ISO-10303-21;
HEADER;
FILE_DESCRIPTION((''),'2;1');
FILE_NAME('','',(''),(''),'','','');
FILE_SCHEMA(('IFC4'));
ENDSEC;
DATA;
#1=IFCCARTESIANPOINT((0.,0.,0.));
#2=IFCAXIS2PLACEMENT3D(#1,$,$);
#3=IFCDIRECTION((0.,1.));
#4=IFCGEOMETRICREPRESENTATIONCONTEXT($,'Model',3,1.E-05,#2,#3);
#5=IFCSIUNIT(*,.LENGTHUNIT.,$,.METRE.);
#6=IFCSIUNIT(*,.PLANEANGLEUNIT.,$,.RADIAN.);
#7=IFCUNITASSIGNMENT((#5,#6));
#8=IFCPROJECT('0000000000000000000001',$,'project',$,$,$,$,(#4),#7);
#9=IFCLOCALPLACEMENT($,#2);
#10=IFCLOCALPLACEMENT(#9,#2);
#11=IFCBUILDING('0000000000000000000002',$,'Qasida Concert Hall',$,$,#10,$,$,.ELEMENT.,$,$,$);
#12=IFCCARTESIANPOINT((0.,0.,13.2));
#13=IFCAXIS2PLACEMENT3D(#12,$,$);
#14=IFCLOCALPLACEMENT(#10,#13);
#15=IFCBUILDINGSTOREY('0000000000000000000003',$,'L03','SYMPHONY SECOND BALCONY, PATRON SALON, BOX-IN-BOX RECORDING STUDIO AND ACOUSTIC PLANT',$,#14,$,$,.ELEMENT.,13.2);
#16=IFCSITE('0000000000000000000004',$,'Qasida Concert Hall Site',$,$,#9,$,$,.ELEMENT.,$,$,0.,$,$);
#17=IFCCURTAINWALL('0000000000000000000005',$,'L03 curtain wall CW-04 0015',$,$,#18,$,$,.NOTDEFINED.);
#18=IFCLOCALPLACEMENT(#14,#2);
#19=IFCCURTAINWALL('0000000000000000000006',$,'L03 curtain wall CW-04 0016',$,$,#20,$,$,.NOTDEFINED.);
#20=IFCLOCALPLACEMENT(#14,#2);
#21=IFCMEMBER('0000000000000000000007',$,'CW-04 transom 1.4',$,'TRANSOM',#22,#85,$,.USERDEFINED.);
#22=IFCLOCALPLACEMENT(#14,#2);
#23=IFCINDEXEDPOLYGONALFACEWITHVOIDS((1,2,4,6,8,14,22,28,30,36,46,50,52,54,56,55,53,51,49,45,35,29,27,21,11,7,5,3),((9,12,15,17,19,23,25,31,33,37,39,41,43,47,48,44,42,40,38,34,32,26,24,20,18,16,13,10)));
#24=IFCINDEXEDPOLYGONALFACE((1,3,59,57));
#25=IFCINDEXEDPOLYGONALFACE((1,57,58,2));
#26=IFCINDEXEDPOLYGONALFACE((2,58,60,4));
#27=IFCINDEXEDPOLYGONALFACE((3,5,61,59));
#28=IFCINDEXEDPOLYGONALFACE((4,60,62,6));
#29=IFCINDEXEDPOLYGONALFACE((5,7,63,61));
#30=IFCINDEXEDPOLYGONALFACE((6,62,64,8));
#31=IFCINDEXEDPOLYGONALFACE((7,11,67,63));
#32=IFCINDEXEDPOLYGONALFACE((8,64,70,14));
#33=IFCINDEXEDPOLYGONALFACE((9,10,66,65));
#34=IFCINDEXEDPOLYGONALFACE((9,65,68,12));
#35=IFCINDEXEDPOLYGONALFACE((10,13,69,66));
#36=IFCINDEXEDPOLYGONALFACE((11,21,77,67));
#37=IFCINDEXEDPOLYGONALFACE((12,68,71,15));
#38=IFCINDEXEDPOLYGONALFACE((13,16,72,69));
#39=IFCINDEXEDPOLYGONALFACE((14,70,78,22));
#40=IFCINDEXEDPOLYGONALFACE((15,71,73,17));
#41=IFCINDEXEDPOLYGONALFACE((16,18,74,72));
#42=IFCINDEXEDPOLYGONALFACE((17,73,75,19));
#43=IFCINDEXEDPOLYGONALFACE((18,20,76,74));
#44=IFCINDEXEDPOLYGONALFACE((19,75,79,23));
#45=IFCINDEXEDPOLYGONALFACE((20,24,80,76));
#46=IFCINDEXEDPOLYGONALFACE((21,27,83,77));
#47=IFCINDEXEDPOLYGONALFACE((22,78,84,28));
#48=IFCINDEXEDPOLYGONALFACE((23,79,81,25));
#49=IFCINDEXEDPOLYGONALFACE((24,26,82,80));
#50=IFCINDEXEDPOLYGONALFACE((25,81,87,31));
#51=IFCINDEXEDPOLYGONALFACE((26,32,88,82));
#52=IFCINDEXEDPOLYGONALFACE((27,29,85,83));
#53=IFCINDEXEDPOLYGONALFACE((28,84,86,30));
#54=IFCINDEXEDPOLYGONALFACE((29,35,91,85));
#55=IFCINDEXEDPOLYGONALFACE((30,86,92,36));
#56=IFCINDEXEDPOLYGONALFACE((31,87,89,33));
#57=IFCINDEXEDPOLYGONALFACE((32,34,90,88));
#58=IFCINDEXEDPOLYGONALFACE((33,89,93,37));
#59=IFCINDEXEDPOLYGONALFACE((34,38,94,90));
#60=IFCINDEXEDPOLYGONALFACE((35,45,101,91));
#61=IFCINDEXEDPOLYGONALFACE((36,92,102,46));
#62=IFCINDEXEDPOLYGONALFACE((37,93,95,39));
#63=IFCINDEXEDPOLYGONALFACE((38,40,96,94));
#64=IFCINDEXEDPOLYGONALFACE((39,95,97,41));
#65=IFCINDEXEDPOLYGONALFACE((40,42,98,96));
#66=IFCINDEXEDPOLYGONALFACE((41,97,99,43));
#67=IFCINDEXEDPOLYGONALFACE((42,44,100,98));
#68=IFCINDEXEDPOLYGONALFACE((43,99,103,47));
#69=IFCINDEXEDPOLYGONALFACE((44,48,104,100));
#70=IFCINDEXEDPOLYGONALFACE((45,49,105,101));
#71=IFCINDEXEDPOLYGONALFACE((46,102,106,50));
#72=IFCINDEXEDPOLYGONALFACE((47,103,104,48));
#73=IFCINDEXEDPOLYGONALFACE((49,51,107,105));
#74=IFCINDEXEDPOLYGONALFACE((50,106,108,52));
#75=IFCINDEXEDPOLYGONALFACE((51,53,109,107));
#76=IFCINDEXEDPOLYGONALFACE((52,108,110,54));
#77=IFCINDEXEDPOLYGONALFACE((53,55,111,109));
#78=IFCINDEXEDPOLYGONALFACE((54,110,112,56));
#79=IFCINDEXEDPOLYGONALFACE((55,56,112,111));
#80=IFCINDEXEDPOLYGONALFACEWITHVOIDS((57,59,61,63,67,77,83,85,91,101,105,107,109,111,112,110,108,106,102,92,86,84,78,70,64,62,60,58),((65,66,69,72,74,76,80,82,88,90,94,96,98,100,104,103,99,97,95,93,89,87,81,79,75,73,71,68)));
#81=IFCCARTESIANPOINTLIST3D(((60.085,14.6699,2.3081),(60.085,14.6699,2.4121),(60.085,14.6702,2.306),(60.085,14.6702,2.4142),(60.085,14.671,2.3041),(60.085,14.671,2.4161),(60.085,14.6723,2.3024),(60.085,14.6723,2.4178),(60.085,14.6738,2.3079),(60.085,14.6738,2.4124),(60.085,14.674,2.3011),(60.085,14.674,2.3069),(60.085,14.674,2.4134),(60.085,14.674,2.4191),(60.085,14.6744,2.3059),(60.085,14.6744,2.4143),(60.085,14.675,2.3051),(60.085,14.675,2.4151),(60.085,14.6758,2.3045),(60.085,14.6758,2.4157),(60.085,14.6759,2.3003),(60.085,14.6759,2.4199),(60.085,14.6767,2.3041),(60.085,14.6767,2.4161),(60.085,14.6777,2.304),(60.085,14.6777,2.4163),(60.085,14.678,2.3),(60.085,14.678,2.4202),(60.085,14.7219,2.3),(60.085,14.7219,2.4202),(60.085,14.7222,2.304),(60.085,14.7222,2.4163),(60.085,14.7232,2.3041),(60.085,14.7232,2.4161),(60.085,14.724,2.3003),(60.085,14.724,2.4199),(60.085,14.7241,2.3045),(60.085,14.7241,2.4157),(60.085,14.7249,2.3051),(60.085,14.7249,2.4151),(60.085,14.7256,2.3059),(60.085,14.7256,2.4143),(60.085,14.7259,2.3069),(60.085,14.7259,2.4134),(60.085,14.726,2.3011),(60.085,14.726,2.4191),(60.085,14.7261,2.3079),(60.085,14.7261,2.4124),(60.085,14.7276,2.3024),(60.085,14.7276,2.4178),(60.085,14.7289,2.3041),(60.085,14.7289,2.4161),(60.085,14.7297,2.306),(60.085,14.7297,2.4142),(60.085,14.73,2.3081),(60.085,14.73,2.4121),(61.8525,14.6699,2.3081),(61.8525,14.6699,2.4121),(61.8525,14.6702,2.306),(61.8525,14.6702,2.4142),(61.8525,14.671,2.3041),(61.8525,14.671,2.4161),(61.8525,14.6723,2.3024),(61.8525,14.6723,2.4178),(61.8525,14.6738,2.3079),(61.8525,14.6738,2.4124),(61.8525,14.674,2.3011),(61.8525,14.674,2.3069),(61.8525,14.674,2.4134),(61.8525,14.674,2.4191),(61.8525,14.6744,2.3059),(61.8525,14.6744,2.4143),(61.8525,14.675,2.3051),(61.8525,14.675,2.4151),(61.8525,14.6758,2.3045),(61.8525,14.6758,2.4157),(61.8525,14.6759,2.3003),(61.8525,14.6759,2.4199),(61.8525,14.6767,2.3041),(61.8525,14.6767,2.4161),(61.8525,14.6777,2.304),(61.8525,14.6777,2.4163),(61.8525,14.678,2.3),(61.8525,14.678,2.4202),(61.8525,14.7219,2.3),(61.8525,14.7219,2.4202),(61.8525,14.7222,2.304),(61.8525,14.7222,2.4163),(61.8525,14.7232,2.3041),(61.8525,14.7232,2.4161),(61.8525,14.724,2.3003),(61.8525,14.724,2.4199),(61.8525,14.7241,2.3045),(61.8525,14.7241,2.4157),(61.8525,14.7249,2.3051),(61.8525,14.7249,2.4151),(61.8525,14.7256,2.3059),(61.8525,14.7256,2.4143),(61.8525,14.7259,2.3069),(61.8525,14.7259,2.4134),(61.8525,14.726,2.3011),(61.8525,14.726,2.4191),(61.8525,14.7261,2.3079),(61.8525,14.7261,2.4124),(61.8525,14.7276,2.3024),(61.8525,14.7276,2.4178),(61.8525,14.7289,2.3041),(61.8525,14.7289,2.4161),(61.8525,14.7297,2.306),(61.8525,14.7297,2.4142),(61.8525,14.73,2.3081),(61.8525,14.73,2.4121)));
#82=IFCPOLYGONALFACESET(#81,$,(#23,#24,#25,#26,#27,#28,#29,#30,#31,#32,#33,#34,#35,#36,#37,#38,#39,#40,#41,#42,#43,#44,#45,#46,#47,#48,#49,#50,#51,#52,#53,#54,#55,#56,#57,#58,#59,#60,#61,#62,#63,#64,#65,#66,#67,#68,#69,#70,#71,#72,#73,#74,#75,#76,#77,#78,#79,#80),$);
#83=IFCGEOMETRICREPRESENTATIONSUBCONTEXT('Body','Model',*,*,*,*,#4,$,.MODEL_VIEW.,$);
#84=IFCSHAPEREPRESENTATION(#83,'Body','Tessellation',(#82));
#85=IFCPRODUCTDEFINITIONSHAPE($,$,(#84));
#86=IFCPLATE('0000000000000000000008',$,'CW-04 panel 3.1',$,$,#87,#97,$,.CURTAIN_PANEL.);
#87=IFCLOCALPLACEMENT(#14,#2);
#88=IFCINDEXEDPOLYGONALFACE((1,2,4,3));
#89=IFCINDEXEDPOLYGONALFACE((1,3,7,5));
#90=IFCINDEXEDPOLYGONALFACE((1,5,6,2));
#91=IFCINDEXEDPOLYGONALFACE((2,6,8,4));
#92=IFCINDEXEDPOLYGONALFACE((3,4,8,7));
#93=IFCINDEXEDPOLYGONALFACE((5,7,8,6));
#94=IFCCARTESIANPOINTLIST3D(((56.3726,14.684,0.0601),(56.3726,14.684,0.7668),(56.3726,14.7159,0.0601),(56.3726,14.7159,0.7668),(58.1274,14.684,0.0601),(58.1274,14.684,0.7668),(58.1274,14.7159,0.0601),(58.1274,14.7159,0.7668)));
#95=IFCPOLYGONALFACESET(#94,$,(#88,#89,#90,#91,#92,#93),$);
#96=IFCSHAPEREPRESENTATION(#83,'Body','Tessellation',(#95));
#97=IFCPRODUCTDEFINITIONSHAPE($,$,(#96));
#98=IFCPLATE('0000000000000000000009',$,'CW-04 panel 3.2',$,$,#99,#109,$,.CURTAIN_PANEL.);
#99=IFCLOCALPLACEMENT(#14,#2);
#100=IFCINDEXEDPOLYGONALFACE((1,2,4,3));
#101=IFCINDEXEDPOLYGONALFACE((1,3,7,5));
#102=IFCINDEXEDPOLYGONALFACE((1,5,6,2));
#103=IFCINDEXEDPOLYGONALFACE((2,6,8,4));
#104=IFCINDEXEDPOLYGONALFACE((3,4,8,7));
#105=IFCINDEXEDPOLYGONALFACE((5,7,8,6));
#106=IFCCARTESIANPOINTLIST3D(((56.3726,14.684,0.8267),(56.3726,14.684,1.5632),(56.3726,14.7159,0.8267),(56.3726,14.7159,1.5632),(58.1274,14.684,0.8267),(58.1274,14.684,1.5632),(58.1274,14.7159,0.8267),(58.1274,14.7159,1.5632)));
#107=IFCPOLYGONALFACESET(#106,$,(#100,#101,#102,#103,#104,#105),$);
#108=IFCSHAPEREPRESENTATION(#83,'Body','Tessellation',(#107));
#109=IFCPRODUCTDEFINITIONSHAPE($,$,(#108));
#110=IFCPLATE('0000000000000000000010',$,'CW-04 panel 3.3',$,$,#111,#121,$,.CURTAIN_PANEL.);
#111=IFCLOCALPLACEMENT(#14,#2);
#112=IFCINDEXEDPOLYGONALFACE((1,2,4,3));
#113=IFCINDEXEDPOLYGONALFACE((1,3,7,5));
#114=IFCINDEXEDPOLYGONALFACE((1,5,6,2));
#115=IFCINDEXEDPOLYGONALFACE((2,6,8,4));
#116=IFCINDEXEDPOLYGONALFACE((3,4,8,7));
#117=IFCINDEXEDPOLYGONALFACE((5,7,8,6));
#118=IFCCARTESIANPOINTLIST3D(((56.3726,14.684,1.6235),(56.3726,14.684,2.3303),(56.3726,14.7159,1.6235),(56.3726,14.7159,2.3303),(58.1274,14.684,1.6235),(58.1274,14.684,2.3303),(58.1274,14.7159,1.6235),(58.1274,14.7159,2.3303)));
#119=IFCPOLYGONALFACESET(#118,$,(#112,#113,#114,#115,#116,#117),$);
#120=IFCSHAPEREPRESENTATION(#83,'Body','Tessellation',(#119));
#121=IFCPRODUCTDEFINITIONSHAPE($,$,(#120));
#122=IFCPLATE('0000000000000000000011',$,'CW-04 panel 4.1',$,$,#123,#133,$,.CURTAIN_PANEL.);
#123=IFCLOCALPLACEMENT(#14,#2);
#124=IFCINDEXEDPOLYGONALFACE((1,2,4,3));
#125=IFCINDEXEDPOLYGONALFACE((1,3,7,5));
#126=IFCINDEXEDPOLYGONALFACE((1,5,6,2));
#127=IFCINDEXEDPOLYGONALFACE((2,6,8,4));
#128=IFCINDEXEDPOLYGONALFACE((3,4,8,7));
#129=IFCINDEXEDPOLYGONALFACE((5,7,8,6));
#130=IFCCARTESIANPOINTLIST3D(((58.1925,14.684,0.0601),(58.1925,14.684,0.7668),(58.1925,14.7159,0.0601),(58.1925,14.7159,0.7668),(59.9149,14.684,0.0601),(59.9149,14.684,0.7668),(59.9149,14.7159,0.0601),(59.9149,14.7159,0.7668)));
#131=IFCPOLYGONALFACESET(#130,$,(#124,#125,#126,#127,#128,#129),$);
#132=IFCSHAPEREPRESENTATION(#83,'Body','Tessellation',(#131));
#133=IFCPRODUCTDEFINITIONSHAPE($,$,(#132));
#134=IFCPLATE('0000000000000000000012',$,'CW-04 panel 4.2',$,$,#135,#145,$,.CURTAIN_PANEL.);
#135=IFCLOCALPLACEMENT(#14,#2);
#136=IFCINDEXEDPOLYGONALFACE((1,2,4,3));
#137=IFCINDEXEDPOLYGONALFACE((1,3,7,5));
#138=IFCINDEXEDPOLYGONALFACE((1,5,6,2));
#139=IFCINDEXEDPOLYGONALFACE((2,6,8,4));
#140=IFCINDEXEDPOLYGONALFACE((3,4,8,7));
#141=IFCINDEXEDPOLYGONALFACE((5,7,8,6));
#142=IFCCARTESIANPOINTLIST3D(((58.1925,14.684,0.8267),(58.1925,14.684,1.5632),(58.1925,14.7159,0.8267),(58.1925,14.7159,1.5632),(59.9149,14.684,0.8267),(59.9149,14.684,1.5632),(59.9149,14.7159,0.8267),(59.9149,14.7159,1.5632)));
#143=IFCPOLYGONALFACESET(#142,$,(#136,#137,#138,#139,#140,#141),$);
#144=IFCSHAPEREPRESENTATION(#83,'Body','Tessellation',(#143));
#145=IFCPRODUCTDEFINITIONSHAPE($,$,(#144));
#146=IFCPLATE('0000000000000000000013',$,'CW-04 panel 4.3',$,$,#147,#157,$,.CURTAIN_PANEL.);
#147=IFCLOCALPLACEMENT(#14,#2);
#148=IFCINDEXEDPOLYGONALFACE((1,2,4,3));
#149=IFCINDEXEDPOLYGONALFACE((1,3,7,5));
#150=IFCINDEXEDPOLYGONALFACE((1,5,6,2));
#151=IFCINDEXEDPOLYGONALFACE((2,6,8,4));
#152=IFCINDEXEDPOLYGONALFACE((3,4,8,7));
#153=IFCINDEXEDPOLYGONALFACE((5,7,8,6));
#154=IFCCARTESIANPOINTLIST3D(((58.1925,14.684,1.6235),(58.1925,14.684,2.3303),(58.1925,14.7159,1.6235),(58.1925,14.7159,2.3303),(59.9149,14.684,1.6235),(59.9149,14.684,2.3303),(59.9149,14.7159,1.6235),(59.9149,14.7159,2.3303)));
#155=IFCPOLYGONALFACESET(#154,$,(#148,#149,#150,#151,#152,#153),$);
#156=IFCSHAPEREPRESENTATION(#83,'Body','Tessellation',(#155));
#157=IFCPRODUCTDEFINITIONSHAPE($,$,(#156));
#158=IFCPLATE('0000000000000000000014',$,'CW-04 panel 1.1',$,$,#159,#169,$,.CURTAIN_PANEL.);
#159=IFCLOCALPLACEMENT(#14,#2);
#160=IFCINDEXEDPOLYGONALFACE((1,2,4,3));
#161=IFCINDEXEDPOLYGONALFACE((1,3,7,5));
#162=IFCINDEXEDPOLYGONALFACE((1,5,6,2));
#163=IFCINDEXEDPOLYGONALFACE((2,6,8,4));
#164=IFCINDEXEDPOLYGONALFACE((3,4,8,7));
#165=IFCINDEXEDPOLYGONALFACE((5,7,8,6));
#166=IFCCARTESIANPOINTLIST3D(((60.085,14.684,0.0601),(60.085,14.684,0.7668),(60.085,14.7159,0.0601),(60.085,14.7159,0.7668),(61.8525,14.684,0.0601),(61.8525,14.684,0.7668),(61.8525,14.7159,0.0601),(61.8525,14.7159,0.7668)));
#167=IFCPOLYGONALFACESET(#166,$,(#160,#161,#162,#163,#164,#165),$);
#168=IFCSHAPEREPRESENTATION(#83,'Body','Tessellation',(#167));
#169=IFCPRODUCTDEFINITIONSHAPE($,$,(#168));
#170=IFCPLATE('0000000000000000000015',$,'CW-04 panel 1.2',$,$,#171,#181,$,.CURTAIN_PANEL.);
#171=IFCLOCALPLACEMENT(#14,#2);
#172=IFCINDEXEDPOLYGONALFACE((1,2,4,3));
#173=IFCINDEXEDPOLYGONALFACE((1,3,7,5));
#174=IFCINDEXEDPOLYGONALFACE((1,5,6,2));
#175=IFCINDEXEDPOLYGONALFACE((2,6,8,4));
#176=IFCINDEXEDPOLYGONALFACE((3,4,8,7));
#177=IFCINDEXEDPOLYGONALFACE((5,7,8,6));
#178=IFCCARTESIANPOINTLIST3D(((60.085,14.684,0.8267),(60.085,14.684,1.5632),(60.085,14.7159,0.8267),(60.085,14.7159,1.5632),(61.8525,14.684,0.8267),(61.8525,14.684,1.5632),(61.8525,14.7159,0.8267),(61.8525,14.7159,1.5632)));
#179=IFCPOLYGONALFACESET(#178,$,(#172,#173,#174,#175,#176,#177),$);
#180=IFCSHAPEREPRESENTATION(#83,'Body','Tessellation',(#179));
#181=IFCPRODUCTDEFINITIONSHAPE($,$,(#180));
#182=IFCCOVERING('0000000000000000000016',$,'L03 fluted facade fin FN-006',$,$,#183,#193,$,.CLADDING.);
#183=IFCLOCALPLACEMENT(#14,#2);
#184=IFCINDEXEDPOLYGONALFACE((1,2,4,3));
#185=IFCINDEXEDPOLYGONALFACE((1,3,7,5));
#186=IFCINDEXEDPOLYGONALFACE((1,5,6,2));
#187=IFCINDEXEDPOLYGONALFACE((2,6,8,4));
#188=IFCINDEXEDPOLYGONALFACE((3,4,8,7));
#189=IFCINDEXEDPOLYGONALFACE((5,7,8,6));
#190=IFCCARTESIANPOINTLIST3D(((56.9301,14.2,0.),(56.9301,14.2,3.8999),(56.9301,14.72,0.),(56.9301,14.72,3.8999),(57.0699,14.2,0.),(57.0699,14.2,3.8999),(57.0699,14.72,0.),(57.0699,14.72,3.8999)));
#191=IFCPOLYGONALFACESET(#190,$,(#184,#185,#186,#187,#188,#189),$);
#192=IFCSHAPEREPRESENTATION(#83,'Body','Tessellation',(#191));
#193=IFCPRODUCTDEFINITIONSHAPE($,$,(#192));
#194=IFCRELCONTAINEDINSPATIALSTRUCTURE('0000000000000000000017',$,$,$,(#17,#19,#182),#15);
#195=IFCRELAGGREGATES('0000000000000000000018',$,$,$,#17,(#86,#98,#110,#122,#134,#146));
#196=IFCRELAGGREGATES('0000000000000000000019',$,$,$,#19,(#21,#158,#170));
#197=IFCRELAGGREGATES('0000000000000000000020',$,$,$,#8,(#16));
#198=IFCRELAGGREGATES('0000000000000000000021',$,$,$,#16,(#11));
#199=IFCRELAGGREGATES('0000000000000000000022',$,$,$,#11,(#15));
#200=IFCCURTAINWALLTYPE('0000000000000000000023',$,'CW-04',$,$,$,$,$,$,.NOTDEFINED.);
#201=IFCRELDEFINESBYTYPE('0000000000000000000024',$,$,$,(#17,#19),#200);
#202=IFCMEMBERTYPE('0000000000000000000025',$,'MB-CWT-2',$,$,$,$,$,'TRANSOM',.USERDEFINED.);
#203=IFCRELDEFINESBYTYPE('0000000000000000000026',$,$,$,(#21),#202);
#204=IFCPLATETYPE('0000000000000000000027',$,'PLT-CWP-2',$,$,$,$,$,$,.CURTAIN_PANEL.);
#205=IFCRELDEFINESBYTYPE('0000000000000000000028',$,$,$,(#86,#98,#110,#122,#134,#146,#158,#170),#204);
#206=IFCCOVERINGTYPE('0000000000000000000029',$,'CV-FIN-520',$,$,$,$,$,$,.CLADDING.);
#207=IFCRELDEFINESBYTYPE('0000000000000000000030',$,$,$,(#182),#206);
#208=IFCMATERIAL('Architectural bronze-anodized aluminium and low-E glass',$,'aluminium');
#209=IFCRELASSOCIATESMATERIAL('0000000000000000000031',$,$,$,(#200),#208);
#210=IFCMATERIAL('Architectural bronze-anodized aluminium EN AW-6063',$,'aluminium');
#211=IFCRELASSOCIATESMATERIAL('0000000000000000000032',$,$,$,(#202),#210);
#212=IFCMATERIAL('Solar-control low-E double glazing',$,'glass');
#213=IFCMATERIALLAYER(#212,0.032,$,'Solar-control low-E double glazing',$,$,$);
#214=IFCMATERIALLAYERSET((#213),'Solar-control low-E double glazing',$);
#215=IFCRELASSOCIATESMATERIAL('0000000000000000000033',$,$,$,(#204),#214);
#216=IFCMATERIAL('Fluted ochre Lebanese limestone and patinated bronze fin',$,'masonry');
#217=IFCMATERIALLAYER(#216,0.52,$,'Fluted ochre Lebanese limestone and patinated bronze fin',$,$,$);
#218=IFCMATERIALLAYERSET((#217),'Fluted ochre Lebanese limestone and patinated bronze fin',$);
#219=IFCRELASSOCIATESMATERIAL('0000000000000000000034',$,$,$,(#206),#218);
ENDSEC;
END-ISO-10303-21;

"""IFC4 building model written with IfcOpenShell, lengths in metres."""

from ifc_helpers import new_model, si_unit, direction, frame, origin, origin_2d, place, context, subcontext, project, spatial, rectangle, hollow_rectangle, extrude, material, layer, layer_set, material_profile, profile_set, type_object, element, aggregate, save


model = new_model("IFC4")

# Units and contexts
model_context = context("Model", 3, precision=1e-05, world=origin(), true_north=direction((0.0, 1.0)))
body_context = subcontext(model_context, "Body", "Model", "MODEL_VIEW")
ifc_project = project(units=[si_unit("LENGTHUNIT", "METRE"), si_unit("PLANEANGLEUNIT", "RADIAN")], contexts=[model_context])

# Site, building, storey
site_placement = place(None, origin())
site = spatial("IfcSite", under=ifc_project, at=site_placement, Name="Qasida Concert Hall Site", CompositionType="ELEMENT", RefElevation=0.0)
building_placement = place(site_placement, origin())
building = spatial("IfcBuilding", under=site, at=building_placement, Name="Qasida Concert Hall", CompositionType="ELEMENT")
storey_placement = place(building_placement, frame((0.0, 0.0, 13.2)))
storey = spatial("IfcBuildingStorey", under=building, at=storey_placement, Name="L03", Description="SYMPHONY SECOND BALCONY, PATRON SALON, BOX-IN-BOX RECORDING STUDIO AND ACOUSTIC PLANT", CompositionType="ELEMENT", Elevation=13.2)

# Curtain wall
ifc_material_1 = material(Name="Architectural bronze-anodized aluminium and low-E glass", Category="aluminium")
curtain_wall_type = type_object("IfcCurtainWallType", Name="CW-04", PredefinedType="NOTDEFINED", material=ifc_material_1)
curtain_wall_1_placement = place(storey_placement, origin())
curtain_wall_1 = element("IfcCurtainWall", 1, at=curtain_wall_1_placement, inside=storey, type_object=curtain_wall_type, Name="L03 curtain wall CW-04 0015", PredefinedType="NOTDEFINED")
ifc_material_2 = material(Name="Architectural bronze-anodized aluminium EN AW-6063", Category="aluminium")

# Curtain wall
curtain_wall_2_placement = place(storey_placement, origin())
curtain_wall_2 = element("IfcCurtainWall", 2, at=curtain_wall_2_placement, inside=storey, type_object=curtain_wall_type, Name="L03 curtain wall CW-04 0016", PredefinedType="NOTDEFINED")

# Member
ifc_material_profile_1 = material_profile(ifc_material_2, hollow_rectangle(XDim=0.0601, YDim=0.1201, WallThickness=0.0039, InnerFilletRadius=0.0039, OuterFilletRadius=0.0081, at=origin_2d()), Name="CWT 120x60x4")
ifc_profile_set_1 = profile_set([ifc_material_profile_1], Name="Architectural bronze-anodized aluminium EN AW-6063")
member_type_1 = type_object("IfcMemberType", Name="MB-CWT-2", ElementType="TRANSOM", PredefinedType="USERDEFINED", material=ifc_profile_set_1)
member_1_placement = place(storey_placement, frame((60.085, 14.7, 2.3601), z_axis=(1.0, 0.0, 0.0), x_axis=(0.0, 1.0, 0.0)))
member_1 = element("IfcMember", 3, at=member_1_placement, type_object=member_type_1, Name="CW-04 transom 1.4", ObjectType="TRANSOM", PredefinedType="USERDEFINED", context=body_context, shape_type="SweptSolid", body=[
    extrude(hollow_rectangle(XDim=0.0601, YDim=0.1201, WallThickness=0.0039, InnerFilletRadius=0.0039, OuterFilletRadius=0.0081, at=origin_2d()), origin(), (0.0, 0.0, 1.0), 1.7676),
])

# Plates
ifc_material_3 = material(Name="Solar-control low-E double glazing", Category="glass")
ifc_layer_1 = layer(ifc_material_3, 0.032, Name="Solar-control low-E double glazing")
ifc_layer_set_1 = layer_set([ifc_layer_1], Name="Solar-control low-E double glazing")
plate_type = type_object("IfcPlateType", Name="PLT-CWP-2", PredefinedType="CURTAIN_PANEL", material=ifc_layer_set_1)
plate_1_placement = place(storey_placement, frame((57.25, 14.7, 0.0601), z_axis=(0.0, 0.0, 1.0), x_axis=(1.0, 0.0, 0.0)))
plate_1 = element("IfcPlate", 4, at=plate_1_placement, type_object=plate_type, Name="CW-04 panel 3.1", PredefinedType="CURTAIN_PANEL", context=body_context, shape_type="SweptSolid", body=[
    extrude(rectangle(XDim=1.7549, YDim=0.032, at=origin_2d()), origin(), (0.0, 0.0, 1.0), 0.7068),
])
plate_2_placement = place(storey_placement, frame((57.25, 14.7, 0.8267), z_axis=(0.0, 0.0, 1.0), x_axis=(1.0, 0.0, 0.0)))
plate_2 = element("IfcPlate", 5, at=plate_2_placement, type_object=plate_type, Name="CW-04 panel 3.2", PredefinedType="CURTAIN_PANEL", context=body_context, shape_type="SweptSolid", body=[
    extrude(rectangle(XDim=1.7549, YDim=0.032, at=origin_2d()), origin(), (0.0, 0.0, 1.0), 0.7366),
])
plate_3_placement = place(storey_placement, frame((57.25, 14.7, 1.6235), z_axis=(0.0, 0.0, 1.0), x_axis=(1.0, 0.0, 0.0)))
plate_3 = element("IfcPlate", 6, at=plate_3_placement, type_object=plate_type, Name="CW-04 panel 3.3", PredefinedType="CURTAIN_PANEL", context=body_context, shape_type="SweptSolid", body=[
    extrude(rectangle(XDim=1.7549, YDim=0.032, at=origin_2d()), origin(), (0.0, 0.0, 1.0), 0.7068),
])
plate_4_placement = place(storey_placement, frame((59.0537, 14.7, 0.0601), z_axis=(0.0, 0.0, 1.0), x_axis=(1.0, 0.0, 0.0)))
plate_4 = element("IfcPlate", 7, at=plate_4_placement, type_object=plate_type, Name="CW-04 panel 4.1", PredefinedType="CURTAIN_PANEL", context=body_context, shape_type="SweptSolid", body=[
    extrude(rectangle(XDim=1.7224, YDim=0.032, at=origin_2d()), origin(), (0.0, 0.0, 1.0), 0.7068),
])
plate_5_placement = place(storey_placement, frame((59.0537, 14.7, 0.8267), z_axis=(0.0, 0.0, 1.0), x_axis=(1.0, 0.0, 0.0)))
plate_5 = element("IfcPlate", 8, at=plate_5_placement, type_object=plate_type, Name="CW-04 panel 4.2", PredefinedType="CURTAIN_PANEL", context=body_context, shape_type="SweptSolid", body=[
    extrude(rectangle(XDim=1.7224, YDim=0.032, at=origin_2d()), origin(), (0.0, 0.0, 1.0), 0.7366),
])
plate_6_placement = place(storey_placement, frame((59.0537, 14.7, 1.6235), z_axis=(0.0, 0.0, 1.0), x_axis=(1.0, 0.0, 0.0)))
plate_6 = element("IfcPlate", 9, at=plate_6_placement, type_object=plate_type, Name="CW-04 panel 4.3", PredefinedType="CURTAIN_PANEL", context=body_context, shape_type="SweptSolid", body=[
    extrude(rectangle(XDim=1.7224, YDim=0.032, at=origin_2d()), origin(), (0.0, 0.0, 1.0), 0.7068),
])
aggregate(curtain_wall_1, [plate_1, plate_2, plate_3, plate_4, plate_5, plate_6])
plate_7_placement = place(storey_placement, frame((60.9688, 14.7, 0.0601), z_axis=(0.0, 0.0, 1.0), x_axis=(1.0, 0.0, 0.0)))
plate_7 = element("IfcPlate", 10, at=plate_7_placement, type_object=plate_type, Name="CW-04 panel 1.1", PredefinedType="CURTAIN_PANEL", context=body_context, shape_type="SweptSolid", body=[
    extrude(rectangle(XDim=1.7676, YDim=0.032, at=origin_2d()), origin(), (0.0, 0.0, 1.0), 0.7068),
])
plate_8_placement = place(storey_placement, frame((60.9688, 14.7, 0.8267), z_axis=(0.0, 0.0, 1.0), x_axis=(1.0, 0.0, 0.0)))
plate_8 = element("IfcPlate", 11, at=plate_8_placement, type_object=plate_type, Name="CW-04 panel 1.2", PredefinedType="CURTAIN_PANEL", context=body_context, shape_type="SweptSolid", body=[
    extrude(rectangle(XDim=1.7676, YDim=0.032, at=origin_2d()), origin(), (0.0, 0.0, 1.0), 0.7366),
])
aggregate(curtain_wall_2, [member_1, plate_7, plate_8])

# Covering
ifc_material_4 = material(Name="Fluted ochre Lebanese limestone and patinated bronze fin", Category="masonry")
ifc_layer_2 = layer(ifc_material_4, 0.52, Name="Fluted ochre Lebanese limestone and patinated bronze fin")
ifc_layer_set_2 = layer_set([ifc_layer_2], Name="Fluted ochre Lebanese limestone and patinated bronze fin")
covering_type = type_object("IfcCoveringType", Name="CV-FIN-520", PredefinedType="CLADDING", material=ifc_layer_set_2)
for number, where, z_axis, x_axis, name in (
    (12, (57.0, 14.46, 0.0), (0.0, 0.0, 1.0), (1.0, 0.0, 0.0), "L03 fluted facade fin FN-006"),
):
    element("IfcCovering", number, at=place(storey_placement, frame(where, z_axis=z_axis, x_axis=x_axis)), inside=storey, type_object=covering_type, Name=name, PredefinedType="CLADDING", context=body_context, shape_type="SweptSolid", body=[
        extrude(rectangle(XDim=0.1399, YDim=0.52, at=origin_2d()), origin(), (0.0, 0.0, 1.0), 3.8999),
    ])

save(model, "model.ifc")
